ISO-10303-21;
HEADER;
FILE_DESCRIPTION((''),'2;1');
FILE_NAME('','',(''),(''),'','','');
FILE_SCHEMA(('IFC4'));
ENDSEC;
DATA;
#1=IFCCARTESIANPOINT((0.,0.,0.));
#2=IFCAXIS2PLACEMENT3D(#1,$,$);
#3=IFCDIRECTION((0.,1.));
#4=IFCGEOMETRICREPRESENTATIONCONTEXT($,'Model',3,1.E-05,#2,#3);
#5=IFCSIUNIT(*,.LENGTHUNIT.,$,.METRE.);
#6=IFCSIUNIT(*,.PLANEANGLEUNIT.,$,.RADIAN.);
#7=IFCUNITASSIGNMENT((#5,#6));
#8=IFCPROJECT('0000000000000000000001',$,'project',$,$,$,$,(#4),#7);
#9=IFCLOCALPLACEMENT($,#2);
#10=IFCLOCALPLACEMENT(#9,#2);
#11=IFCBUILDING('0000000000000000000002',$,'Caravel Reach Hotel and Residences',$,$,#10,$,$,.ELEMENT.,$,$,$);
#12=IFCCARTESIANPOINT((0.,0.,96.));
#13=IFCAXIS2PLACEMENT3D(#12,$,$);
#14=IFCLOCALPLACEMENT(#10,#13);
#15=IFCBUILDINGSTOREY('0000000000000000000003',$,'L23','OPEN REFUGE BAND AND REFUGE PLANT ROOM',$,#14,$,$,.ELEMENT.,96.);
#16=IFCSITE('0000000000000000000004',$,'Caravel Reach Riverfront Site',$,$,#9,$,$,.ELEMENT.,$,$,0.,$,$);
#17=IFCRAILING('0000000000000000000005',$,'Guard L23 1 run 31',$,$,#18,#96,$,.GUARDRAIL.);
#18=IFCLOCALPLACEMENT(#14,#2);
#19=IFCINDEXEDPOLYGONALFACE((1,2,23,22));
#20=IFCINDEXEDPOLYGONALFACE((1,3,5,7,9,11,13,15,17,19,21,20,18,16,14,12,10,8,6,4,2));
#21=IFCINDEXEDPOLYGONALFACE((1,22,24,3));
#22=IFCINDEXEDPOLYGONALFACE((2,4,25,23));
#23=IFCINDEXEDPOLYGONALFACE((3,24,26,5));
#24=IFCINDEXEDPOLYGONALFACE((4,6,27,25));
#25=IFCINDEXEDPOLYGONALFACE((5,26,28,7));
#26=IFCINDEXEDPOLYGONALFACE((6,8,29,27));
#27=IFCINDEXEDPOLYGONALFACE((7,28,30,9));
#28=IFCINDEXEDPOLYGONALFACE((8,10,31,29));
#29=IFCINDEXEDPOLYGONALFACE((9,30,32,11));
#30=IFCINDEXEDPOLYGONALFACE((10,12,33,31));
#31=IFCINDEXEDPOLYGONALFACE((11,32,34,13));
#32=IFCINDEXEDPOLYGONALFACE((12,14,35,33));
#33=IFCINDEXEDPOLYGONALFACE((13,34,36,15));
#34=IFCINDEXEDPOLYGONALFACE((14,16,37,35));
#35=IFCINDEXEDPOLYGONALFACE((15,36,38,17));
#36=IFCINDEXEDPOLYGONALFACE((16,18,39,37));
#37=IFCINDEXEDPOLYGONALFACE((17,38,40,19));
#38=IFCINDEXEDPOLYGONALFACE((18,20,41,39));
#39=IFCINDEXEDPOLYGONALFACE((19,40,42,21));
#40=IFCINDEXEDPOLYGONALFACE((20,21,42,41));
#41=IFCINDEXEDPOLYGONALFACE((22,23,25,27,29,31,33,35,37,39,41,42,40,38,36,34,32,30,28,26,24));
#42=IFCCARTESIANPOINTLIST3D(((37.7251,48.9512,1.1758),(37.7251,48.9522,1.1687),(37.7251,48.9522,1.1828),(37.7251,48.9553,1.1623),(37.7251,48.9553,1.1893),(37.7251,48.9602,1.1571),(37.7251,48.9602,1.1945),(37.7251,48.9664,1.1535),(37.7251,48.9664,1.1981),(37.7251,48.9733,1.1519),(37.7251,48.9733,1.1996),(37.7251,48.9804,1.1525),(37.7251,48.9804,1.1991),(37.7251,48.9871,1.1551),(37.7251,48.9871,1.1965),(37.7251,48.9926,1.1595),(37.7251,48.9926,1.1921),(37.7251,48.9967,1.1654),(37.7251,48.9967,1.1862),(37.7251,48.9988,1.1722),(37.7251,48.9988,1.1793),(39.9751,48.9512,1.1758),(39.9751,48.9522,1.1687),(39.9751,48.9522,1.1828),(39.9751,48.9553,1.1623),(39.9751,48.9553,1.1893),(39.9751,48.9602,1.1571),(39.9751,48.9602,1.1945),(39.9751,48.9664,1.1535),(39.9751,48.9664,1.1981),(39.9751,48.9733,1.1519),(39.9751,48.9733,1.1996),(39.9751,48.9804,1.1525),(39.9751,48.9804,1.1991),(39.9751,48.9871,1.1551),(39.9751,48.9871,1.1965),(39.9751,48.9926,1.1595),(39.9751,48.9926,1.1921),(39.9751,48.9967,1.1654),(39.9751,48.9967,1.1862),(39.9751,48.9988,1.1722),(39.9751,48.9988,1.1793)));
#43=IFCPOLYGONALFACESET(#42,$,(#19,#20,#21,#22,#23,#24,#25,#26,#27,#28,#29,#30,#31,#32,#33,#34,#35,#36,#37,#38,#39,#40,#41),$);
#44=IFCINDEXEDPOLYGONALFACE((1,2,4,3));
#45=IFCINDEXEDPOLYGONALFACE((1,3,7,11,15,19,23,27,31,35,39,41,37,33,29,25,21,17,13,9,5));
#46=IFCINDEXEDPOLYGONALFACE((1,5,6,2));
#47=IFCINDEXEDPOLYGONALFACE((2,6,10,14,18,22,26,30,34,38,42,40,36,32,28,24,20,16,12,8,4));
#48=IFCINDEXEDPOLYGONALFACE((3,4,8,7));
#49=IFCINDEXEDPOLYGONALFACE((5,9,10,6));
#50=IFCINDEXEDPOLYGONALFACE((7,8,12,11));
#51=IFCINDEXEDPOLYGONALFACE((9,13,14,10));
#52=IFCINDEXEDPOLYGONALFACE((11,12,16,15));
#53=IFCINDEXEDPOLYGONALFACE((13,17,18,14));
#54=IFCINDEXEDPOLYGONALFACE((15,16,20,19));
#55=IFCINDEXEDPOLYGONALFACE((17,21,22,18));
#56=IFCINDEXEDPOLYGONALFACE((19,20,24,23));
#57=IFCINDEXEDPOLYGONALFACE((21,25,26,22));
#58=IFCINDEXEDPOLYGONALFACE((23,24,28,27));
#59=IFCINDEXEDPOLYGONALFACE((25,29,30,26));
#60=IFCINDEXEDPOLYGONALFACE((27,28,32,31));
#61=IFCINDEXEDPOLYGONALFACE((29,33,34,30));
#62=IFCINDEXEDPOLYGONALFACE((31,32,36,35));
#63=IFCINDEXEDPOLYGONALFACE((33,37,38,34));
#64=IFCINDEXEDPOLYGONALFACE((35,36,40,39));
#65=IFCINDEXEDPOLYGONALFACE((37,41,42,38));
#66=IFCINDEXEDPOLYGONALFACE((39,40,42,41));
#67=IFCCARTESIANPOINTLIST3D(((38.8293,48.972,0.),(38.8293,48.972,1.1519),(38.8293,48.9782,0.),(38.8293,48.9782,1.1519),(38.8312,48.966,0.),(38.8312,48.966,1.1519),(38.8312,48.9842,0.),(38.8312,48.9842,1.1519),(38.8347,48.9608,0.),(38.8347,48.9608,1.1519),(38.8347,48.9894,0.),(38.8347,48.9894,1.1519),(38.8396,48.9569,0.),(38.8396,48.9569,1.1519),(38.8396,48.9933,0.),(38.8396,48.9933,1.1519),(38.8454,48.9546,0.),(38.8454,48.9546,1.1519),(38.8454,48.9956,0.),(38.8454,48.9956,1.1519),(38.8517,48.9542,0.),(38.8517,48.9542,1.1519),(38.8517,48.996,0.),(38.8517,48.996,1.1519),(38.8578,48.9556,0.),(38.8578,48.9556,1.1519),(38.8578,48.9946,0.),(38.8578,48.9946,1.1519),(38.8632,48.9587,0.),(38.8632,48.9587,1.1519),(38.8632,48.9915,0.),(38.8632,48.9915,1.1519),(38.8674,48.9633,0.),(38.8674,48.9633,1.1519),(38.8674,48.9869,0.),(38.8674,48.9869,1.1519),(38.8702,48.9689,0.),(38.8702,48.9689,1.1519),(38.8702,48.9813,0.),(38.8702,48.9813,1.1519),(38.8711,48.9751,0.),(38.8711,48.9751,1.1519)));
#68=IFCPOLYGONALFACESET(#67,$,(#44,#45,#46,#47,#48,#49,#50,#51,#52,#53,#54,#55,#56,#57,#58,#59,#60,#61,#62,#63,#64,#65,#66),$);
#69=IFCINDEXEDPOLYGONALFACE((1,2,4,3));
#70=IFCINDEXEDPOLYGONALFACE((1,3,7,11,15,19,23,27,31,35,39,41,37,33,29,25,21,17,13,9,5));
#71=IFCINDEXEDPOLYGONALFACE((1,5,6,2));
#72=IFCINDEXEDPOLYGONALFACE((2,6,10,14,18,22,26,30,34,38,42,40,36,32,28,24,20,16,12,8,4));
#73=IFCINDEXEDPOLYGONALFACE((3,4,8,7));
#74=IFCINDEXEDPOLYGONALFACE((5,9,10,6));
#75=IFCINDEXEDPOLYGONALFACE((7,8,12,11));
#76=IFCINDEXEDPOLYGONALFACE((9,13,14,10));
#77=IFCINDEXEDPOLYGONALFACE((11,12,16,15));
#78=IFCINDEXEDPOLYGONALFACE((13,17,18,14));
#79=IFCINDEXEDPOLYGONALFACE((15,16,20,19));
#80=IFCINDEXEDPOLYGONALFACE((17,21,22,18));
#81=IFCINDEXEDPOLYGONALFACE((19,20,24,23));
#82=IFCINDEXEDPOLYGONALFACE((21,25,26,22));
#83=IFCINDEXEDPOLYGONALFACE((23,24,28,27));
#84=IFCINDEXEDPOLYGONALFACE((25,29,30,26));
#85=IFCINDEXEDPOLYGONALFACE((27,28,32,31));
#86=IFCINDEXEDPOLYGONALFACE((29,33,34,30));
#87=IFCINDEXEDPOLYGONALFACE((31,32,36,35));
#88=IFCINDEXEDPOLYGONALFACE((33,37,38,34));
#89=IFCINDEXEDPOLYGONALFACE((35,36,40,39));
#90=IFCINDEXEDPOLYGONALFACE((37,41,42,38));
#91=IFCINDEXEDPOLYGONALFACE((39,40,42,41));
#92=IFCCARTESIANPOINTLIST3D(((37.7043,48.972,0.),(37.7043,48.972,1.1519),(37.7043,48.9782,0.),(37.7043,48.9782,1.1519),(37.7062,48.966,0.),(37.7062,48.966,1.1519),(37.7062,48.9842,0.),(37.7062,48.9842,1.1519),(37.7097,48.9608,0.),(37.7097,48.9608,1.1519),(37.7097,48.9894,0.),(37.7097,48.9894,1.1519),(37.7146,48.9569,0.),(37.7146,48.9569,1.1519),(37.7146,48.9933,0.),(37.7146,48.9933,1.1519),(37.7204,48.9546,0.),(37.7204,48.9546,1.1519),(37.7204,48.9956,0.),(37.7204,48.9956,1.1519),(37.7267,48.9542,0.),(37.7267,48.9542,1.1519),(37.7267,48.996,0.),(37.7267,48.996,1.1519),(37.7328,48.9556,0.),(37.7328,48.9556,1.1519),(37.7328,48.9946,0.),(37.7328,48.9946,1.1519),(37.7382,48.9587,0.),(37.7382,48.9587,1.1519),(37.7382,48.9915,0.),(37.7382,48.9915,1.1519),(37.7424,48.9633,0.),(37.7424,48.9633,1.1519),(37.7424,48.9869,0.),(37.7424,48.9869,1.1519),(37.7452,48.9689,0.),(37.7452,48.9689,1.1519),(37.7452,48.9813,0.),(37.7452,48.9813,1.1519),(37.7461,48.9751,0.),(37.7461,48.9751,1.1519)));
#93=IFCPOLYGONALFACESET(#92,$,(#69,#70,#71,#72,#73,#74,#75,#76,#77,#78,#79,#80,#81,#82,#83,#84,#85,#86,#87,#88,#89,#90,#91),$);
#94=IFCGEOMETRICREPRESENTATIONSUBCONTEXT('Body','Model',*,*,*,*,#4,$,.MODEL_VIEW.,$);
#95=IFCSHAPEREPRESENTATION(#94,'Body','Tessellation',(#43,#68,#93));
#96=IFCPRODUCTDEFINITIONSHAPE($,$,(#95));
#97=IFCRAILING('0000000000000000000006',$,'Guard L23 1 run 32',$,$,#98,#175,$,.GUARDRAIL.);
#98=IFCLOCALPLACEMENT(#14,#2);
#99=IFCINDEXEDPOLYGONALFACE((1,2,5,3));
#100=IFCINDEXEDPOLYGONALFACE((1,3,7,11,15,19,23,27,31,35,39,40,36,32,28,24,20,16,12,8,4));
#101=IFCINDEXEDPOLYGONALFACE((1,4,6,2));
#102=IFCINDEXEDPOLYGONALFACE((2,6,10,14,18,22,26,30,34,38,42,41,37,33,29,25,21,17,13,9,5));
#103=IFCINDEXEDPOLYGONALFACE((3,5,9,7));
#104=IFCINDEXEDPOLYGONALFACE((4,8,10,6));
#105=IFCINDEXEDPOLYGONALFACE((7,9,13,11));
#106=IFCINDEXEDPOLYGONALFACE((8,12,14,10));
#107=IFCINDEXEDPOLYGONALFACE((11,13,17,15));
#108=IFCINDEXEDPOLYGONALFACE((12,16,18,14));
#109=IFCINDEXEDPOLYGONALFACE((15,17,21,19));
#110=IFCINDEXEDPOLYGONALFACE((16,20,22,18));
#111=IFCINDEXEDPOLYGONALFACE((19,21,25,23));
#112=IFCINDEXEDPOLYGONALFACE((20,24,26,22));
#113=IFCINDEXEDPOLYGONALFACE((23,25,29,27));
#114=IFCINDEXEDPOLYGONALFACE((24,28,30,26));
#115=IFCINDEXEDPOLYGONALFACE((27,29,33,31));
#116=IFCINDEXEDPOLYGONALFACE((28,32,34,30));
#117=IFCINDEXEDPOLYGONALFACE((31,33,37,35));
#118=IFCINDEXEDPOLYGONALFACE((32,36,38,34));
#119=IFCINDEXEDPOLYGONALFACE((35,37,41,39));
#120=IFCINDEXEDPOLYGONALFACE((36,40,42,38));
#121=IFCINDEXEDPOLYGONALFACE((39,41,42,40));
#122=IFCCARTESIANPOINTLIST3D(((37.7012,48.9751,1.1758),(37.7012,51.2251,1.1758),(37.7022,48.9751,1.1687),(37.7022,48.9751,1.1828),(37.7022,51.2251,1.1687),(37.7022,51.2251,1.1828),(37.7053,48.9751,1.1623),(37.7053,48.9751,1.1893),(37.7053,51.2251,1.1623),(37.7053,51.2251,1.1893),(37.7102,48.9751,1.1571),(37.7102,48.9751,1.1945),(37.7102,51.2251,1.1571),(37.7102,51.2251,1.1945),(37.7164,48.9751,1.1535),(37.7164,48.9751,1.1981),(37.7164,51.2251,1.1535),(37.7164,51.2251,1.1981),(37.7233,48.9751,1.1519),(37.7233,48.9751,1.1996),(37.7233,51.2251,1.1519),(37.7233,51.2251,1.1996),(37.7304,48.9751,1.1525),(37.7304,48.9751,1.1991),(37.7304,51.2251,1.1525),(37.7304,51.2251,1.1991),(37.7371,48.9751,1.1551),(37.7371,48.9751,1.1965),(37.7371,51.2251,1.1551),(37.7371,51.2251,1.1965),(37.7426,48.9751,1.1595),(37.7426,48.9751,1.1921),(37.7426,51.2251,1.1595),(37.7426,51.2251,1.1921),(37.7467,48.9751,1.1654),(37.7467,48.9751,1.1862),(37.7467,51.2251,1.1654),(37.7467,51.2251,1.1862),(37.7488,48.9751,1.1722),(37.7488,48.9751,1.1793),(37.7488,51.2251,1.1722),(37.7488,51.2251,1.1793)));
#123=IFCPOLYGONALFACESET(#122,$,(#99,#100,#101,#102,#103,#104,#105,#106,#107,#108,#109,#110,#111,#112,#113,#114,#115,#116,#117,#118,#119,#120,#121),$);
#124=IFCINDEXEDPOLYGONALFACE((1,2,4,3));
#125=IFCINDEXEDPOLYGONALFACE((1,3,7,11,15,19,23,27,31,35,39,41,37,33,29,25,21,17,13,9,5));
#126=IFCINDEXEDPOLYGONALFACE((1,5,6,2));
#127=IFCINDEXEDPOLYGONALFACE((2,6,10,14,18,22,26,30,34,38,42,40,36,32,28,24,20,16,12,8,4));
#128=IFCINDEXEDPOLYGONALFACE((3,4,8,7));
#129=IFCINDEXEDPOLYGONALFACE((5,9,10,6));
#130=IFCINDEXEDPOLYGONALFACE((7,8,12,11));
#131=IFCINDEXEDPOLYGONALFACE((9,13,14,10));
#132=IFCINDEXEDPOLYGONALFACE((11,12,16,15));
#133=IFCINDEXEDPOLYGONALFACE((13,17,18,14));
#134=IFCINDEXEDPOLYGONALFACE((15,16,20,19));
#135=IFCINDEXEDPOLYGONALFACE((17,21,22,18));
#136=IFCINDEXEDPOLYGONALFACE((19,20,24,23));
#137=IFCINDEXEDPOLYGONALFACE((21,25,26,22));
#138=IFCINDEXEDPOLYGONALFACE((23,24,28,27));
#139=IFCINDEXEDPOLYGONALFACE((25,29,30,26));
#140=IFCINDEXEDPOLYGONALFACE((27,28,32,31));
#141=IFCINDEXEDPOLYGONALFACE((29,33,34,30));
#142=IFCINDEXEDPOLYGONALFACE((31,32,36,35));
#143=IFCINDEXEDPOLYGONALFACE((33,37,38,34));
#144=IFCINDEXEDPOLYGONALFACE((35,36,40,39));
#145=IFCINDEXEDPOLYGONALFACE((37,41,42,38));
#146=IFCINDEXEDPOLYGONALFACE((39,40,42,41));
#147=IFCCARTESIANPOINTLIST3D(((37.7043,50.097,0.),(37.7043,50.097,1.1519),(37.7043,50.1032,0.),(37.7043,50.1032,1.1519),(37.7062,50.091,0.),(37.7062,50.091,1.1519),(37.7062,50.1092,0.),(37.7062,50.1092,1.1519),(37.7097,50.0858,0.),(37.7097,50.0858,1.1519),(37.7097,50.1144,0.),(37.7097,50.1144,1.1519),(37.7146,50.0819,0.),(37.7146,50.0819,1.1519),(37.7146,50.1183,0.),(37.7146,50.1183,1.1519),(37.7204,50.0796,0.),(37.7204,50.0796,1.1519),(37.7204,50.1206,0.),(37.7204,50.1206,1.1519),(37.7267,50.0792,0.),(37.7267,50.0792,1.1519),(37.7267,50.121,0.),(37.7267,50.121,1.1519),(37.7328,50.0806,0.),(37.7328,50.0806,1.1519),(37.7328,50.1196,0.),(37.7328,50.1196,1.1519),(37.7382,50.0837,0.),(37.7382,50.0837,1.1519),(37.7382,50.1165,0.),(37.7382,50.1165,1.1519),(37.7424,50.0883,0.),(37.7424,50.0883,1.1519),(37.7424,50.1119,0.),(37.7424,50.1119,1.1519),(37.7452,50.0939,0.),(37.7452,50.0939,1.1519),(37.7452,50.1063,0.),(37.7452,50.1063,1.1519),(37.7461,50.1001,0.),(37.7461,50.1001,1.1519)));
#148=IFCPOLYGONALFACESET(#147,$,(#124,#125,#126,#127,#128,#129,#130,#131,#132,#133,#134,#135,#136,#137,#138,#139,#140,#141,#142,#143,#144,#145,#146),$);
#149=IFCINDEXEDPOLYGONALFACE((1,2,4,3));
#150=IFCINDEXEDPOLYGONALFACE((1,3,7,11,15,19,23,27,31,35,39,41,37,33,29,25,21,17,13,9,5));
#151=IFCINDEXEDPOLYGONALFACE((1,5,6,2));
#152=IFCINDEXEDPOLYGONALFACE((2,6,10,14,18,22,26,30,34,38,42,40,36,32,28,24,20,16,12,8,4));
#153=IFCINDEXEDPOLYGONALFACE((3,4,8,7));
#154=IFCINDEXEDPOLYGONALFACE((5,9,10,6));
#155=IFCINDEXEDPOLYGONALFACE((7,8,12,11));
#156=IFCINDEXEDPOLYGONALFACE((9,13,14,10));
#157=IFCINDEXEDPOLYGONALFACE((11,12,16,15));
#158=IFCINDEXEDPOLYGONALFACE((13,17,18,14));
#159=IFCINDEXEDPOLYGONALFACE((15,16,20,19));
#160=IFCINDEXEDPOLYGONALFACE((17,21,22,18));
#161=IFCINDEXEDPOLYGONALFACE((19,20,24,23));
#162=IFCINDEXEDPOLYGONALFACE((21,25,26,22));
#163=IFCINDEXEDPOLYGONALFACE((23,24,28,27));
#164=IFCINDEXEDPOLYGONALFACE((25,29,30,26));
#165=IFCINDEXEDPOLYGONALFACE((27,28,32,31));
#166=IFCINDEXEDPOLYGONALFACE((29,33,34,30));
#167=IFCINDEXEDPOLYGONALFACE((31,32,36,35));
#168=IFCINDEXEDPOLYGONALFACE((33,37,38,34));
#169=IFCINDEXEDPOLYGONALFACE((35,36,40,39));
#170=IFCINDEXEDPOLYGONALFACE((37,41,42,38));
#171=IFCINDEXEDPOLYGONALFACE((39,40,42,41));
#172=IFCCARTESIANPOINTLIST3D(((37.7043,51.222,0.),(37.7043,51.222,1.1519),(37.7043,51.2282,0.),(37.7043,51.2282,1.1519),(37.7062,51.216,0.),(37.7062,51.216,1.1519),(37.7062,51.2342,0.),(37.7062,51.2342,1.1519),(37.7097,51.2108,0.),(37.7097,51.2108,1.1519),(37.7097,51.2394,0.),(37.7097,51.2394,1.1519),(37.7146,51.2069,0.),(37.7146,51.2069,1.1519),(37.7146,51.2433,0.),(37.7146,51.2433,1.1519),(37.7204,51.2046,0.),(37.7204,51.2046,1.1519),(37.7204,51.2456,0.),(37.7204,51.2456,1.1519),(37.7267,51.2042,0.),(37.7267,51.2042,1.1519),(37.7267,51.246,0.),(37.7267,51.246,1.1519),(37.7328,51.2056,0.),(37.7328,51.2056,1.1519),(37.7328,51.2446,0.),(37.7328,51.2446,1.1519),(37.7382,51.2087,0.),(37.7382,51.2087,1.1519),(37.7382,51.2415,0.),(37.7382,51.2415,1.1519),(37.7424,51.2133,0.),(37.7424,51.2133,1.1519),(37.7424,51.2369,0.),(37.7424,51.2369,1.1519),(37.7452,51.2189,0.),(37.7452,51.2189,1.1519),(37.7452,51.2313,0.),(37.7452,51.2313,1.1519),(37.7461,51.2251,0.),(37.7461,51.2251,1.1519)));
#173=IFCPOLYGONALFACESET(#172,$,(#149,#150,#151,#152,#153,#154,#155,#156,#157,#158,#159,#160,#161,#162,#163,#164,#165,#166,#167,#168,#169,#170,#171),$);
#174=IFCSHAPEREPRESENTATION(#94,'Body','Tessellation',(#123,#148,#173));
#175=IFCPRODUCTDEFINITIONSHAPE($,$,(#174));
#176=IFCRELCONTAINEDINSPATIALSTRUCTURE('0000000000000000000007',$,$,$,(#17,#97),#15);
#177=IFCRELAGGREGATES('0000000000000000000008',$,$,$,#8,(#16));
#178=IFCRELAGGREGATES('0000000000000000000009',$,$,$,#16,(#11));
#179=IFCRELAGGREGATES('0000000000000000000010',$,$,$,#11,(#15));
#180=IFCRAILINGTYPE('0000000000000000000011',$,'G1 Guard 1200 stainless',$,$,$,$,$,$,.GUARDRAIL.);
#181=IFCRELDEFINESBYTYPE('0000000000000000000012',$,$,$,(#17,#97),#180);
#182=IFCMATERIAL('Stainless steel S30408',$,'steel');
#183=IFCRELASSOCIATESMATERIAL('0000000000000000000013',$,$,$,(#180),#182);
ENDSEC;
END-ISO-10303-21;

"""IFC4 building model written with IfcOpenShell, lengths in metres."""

from ifc_helpers import new_model, si_unit, direction, frame, origin, origin_2d, place, context, subcontext, project, spatial, circle, extrude, material, type_object, element, save


model = new_model("IFC4")

# Units and contexts
model_context = context("Model", 3, precision=1e-05, world=origin(), true_north=direction((0.0, 1.0)))
body_context = subcontext(model_context, "Body", "Model", "MODEL_VIEW")
ifc_project = project(units=[si_unit("LENGTHUNIT", "METRE"), si_unit("PLANEANGLEUNIT", "RADIAN")], contexts=[model_context])

# Site, building, storey
site_placement = place(None, origin())
site = spatial("IfcSite", under=ifc_project, at=site_placement, Name="Caravel Reach Riverfront Site", CompositionType="ELEMENT", RefElevation=0.0)
building_placement = place(site_placement, origin())
building = spatial("IfcBuilding", under=site, at=building_placement, Name="Caravel Reach Hotel and Residences", CompositionType="ELEMENT")
storey_placement = place(building_placement, frame((0.0, 0.0, 96.0)))
storey = spatial("IfcBuildingStorey", under=building, at=storey_placement, Name="L23", Description="OPEN REFUGE BAND AND REFUGE PLANT ROOM", CompositionType="ELEMENT", Elevation=96.0)

# Railings
ifc_material_1 = material(Name="Stainless steel S30408", Category="steel")
railing_type = type_object("IfcRailingType", Name="G1 Guard 1200 stainless", PredefinedType="GUARDRAIL", material=ifc_material_1)
railing_1_placement = place(storey_placement, frame((39.9751, 48.9751, 0.0)))
element("IfcRailing", 1, at=railing_1_placement, inside=storey, type_object=railing_type, Name="Guard L23 1 run 31", PredefinedType="GUARDRAIL", context=body_context, shape_type="SweptSolid", body=[
    extrude(circle(Radius=0.0239, at=origin_2d()), frame((0.0, 0.0, 1.1758), z_axis=(-1.0, 0.0, 0.0), x_axis=(0.0, -1.0, 0.0)), (0.0, 0.0, 1.0), 2.25),
    extrude(circle(Radius=0.021, at=origin_2d()), frame((-1.125, 0.0, 0.0)), (0.0, 0.0, 1.0), 1.1519),
    extrude(circle(Radius=0.021, at=origin_2d()), frame((-2.25, 0.0, 0.0)), (0.0, 0.0, 1.0), 1.1519),
])
railing_2_placement = place(storey_placement, frame((37.7251, 48.9751, 0.0)))
element("IfcRailing", 2, at=railing_2_placement, inside=storey, type_object=railing_type, Name="Guard L23 1 run 32", PredefinedType="GUARDRAIL", context=body_context, shape_type="SweptSolid", body=[
    extrude(circle(Radius=0.0239, at=origin_2d()), frame((0.0, 0.0, 1.1758), z_axis=(0.0, 1.0, 0.0), x_axis=(-1.0, 0.0, 0.0)), (0.0, 0.0, 1.0), 2.25),
    extrude(circle(Radius=0.021, at=origin_2d()), frame((0.0, 1.125, 0.0)), (0.0, 0.0, 1.0), 1.1519),
    extrude(circle(Radius=0.021, at=origin_2d()), frame((0.0, 2.25, 0.0)), (0.0, 0.0, 1.0), 1.1519),
])

save(model, "model.ifc")
